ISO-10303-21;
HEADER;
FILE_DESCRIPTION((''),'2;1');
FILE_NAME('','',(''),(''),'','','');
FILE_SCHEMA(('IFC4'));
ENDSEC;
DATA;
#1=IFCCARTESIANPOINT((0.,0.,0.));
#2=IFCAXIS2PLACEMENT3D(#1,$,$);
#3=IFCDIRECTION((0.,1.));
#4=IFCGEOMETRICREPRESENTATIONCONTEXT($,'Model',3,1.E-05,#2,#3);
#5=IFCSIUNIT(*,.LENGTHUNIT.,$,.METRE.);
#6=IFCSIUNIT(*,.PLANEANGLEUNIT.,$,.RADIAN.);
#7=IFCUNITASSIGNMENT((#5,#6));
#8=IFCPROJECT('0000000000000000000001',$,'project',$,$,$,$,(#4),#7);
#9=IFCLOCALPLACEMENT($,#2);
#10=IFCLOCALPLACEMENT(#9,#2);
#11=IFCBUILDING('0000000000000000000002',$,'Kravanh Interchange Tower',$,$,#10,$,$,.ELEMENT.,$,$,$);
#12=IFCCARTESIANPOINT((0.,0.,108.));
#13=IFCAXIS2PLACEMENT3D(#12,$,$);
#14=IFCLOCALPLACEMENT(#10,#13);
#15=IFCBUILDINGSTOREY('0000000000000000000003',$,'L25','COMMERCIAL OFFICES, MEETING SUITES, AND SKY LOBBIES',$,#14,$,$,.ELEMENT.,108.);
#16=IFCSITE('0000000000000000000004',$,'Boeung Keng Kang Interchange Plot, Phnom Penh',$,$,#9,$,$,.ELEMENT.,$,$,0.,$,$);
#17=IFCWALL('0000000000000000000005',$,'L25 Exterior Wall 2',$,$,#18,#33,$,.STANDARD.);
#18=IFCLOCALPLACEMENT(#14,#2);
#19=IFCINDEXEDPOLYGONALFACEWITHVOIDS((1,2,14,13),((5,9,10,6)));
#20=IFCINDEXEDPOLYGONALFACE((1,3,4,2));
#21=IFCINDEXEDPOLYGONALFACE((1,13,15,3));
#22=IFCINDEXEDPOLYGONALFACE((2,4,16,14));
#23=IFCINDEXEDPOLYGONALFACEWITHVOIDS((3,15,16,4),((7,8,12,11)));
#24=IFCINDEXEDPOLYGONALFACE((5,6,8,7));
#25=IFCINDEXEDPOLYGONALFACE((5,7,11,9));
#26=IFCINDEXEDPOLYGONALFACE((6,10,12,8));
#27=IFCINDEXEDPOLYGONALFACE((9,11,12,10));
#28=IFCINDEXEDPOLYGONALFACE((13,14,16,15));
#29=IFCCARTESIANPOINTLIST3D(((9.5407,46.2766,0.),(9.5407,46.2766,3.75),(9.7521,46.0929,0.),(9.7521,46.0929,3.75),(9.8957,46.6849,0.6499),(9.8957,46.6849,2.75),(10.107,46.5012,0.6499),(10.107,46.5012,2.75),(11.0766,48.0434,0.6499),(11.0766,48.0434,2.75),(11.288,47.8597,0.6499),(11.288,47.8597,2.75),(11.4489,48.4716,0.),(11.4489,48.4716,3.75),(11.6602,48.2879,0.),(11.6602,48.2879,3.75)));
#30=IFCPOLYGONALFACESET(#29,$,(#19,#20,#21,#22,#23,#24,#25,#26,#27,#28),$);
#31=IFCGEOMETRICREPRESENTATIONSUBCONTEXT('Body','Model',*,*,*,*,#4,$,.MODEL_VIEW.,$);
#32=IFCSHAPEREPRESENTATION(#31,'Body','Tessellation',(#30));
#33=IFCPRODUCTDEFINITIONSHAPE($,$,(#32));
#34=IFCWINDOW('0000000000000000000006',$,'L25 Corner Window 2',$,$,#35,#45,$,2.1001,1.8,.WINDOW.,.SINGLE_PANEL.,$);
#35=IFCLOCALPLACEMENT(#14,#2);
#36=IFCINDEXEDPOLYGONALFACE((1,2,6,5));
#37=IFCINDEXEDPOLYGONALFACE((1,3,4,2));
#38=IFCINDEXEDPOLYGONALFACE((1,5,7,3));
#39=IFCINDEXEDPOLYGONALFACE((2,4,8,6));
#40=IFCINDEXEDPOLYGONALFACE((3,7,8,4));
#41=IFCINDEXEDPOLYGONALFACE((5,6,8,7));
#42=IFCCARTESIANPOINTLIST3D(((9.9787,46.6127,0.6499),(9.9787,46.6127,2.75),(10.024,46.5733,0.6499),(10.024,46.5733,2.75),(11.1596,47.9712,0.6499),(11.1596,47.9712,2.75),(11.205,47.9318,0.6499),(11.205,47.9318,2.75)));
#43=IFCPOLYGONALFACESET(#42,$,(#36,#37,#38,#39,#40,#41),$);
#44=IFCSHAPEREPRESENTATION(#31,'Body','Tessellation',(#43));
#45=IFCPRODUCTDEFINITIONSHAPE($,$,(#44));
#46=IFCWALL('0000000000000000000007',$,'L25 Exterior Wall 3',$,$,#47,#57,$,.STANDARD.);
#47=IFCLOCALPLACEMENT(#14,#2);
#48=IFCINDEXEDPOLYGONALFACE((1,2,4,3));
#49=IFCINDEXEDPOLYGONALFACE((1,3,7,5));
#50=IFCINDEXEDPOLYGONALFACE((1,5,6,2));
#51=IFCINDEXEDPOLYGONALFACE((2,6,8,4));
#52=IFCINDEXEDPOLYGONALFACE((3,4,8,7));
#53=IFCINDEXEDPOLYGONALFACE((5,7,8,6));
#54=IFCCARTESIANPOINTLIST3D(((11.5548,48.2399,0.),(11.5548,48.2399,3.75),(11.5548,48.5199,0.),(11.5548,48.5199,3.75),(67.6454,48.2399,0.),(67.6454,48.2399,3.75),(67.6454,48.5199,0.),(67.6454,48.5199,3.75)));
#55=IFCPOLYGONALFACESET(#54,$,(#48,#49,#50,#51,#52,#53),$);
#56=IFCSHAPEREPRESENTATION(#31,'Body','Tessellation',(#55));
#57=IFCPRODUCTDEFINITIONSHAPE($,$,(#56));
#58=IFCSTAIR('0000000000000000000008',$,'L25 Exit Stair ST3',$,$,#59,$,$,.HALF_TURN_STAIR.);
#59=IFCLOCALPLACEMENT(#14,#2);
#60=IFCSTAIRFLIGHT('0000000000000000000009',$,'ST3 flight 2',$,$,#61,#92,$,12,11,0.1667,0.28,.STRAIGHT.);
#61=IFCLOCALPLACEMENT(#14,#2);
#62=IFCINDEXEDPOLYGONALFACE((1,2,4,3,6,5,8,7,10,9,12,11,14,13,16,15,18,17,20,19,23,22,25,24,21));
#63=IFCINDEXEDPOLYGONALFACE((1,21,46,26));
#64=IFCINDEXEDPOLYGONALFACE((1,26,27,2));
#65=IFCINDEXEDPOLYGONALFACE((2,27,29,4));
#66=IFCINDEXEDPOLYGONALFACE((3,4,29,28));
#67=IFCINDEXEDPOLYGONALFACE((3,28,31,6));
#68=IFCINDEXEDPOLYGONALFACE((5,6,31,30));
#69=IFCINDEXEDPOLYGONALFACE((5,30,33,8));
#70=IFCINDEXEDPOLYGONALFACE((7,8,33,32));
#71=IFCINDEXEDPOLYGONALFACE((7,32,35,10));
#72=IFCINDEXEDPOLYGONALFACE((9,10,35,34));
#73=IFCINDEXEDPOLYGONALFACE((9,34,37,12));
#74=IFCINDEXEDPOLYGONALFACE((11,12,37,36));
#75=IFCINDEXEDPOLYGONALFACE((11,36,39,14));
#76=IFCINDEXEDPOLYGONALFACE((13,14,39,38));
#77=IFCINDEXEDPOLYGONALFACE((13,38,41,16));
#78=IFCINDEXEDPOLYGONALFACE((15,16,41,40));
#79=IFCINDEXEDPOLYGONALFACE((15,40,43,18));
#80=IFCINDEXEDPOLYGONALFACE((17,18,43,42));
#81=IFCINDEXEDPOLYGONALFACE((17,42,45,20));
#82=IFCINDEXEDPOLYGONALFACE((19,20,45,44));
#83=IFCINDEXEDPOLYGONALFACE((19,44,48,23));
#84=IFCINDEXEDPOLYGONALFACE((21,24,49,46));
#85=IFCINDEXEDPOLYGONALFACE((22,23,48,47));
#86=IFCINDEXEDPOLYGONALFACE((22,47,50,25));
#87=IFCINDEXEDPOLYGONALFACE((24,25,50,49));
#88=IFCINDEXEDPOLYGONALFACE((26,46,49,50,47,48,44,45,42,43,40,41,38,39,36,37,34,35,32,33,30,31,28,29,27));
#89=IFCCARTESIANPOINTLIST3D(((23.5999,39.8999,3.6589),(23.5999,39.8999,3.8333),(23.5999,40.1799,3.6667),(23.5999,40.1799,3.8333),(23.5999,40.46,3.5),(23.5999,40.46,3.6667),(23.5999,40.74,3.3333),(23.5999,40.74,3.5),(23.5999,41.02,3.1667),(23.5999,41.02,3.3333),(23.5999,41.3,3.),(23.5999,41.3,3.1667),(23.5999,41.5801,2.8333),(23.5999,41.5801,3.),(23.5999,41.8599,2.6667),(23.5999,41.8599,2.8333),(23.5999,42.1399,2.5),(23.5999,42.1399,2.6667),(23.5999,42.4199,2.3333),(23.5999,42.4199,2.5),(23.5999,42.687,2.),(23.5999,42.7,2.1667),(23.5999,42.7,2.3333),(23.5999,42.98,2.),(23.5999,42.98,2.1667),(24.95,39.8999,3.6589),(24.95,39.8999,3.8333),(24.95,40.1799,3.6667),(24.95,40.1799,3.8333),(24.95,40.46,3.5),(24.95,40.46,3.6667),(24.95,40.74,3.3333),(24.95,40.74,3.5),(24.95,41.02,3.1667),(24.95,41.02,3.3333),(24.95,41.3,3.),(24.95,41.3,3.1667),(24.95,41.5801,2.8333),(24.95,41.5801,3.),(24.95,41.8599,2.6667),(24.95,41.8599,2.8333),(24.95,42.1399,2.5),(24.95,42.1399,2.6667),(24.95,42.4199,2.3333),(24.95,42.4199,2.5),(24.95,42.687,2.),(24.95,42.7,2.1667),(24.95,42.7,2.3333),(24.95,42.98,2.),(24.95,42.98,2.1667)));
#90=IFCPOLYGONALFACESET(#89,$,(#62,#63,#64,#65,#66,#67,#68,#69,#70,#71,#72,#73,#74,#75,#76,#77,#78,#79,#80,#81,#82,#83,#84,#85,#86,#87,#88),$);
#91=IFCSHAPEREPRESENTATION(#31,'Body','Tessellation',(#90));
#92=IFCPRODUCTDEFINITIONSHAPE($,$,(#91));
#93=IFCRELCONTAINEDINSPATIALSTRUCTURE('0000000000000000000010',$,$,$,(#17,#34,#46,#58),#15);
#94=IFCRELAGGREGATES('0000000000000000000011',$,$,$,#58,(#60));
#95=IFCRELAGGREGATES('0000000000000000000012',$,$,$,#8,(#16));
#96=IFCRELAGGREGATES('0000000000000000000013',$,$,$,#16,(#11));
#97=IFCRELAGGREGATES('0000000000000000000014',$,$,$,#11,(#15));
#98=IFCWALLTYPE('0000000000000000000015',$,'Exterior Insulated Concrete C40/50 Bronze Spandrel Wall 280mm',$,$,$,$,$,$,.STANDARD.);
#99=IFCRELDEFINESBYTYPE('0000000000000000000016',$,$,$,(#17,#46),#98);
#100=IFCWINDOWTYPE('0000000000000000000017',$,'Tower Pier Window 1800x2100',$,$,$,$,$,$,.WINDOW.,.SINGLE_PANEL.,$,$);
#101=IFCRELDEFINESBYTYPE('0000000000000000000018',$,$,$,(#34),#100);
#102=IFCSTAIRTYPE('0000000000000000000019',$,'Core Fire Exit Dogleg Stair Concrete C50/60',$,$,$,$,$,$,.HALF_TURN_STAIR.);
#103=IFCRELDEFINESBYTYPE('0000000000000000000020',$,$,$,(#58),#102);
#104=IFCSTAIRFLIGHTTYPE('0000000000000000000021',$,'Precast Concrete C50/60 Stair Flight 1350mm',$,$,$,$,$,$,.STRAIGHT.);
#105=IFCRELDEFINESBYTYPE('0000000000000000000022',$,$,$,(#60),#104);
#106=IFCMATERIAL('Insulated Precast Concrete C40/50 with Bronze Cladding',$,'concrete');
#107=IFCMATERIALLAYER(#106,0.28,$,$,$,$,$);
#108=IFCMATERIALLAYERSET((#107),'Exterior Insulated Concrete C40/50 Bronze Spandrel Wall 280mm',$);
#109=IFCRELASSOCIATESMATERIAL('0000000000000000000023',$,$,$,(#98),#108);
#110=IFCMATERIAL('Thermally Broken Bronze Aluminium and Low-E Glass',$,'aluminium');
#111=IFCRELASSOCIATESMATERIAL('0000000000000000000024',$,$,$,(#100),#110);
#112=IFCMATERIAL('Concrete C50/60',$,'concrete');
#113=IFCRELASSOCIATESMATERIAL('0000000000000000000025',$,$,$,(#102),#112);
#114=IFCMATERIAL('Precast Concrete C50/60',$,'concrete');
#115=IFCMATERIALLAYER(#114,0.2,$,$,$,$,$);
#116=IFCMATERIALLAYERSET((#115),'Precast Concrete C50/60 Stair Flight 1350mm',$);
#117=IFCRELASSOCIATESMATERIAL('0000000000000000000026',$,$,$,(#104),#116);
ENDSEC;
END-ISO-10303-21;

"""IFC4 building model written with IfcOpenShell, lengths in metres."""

from ifc_helpers import new_model, si_unit, direction, frame, frame_2d, origin, place, context, subcontext, project, spatial, polyline, rectangle, outline, extrude, material, layer, layer_set, type_object, element, fill, aggregate, save


model = new_model("IFC4")

# Units and contexts
model_context = context("Model", 3, precision=1e-05, world=origin(), true_north=direction((0.0, 1.0)))
body_context = subcontext(model_context, "Body", "Model", "MODEL_VIEW")
ifc_project = project(units=[si_unit("LENGTHUNIT", "METRE"), si_unit("PLANEANGLEUNIT", "RADIAN")], contexts=[model_context])

# Site, building, storey
site_placement = place(None, origin())
site = spatial("IfcSite", under=ifc_project, at=site_placement, Name="Boeung Keng Kang Interchange Plot, Phnom Penh", CompositionType="ELEMENT", RefElevation=0.0)
building_placement = place(site_placement, origin())
building = spatial("IfcBuilding", under=site, at=building_placement, Name="Kravanh Interchange Tower", CompositionType="ELEMENT")
storey_placement = place(building_placement, frame((0.0, 0.0, 108.0)))
storey = spatial("IfcBuildingStorey", under=building, at=storey_placement, Name="L25", Description="COMMERCIAL OFFICES, MEETING SUITES, AND SKY LOBBIES", CompositionType="ELEMENT", Elevation=108.0)

# Wall, opening, window
ifc_material_1 = material(Name="Insulated Precast Concrete C40/50 with Bronze Cladding", Category="concrete")
ifc_layer_1 = layer(ifc_material_1, 0.28)
ifc_layer_set_1 = layer_set([ifc_layer_1], Name="Exterior Insulated Concrete C40/50 Bronze Spandrel Wall 280mm")
wall_type_1 = type_object("IfcWallType", Name="Exterior Insulated Concrete C40/50 Bronze Spandrel Wall 280mm", PredefinedType="STANDARD", material=ifc_layer_set_1)
ifc_material_2 = material(Name="Thermally Broken Bronze Aluminium and Low-E Glass", Category="aluminium")
window_type = type_object("IfcWindowType", Name="Tower Pier Window 1800x2100", PartitioningType="SINGLE_PANEL", PredefinedType="WINDOW", material=ifc_material_2)
wall_1_placement = place(storey_placement, frame((9.6465, 46.1848, 0.0), z_axis=(0.0, 0.0, 1.0), x_axis=(0.656071, 0.754699, 0.0)))
wall_1 = element("IfcWall", 1, at=wall_1_placement, inside=storey, type_object=wall_type_1, Name="L25 Exterior Wall 2", PredefinedType="STANDARD", context=body_context, shape_type="SweptSolid", body=[
    extrude(rectangle(XDim=2.9084, YDim=0.28, at=frame_2d((1.4541, 0.0))), origin(), (0.0, 0.0, 1.0), 3.75),
])
opening_1_placement = place(wall_1_placement, frame((0.541, 0.0, 0.6499)))
opening_1 = element("IfcOpeningElement", 2, at=opening_1_placement, cuts=wall_1, PredefinedType="OPENING", context=body_context, shape_type="SweptSolid", body=[
    extrude(rectangle(XDim=1.8, YDim=2.1001, at=frame_2d((0.8999, 1.05))), frame((0.0, 0.1499, 0.0), z_axis=(0.0, -1.0, 0.0), x_axis=(1.0, 0.0, 0.0)), (0.0, 0.0, 1.0), 0.3),
])
window_1_placement = place(opening_1_placement, origin())
window_1 = element("IfcWindow", 3, at=window_1_placement, inside=storey, type_object=window_type, Name="L25 Corner Window 2", OverallHeight=2.1001, OverallWidth=1.8, PartitioningType="SINGLE_PANEL", PredefinedType="WINDOW", context=body_context, shape_type="SweptSolid", body=[
    extrude(rectangle(XDim=1.8, YDim=2.1001, at=frame_2d((0.8999, 1.05))), frame((0.0, 0.03, 0.0), z_axis=(0.0, -1.0, 0.0), x_axis=(1.0, 0.0, 0.0)), (0.0, 0.0, 1.0), 0.0601),
])
fill(opening_1, window_1)

# Wall
wall_2_placement = place(storey_placement, frame((11.5547, 48.3799, 0.0), z_axis=(0.0, 0.0, 1.0), x_axis=(1.0, 0.0, 0.0)))
element("IfcWall", 4, at=wall_2_placement, inside=storey, type_object=wall_type_1, Name="L25 Exterior Wall 3", PredefinedType="STANDARD", context=body_context, shape_type="SweptSolid", body=[
    extrude(rectangle(XDim=56.0906, YDim=0.28, at=frame_2d((28.0454, 0.0))), origin(), (0.0, 0.0, 1.0), 3.75),
])

# Stair, stair flight
ifc_material_3 = material(Name="Concrete C50/60", Category="concrete")
stair_type = type_object("IfcStairType", Name="Core Fire Exit Dogleg Stair Concrete C50/60", PredefinedType="HALF_TURN_STAIR", material=ifc_material_3)
stair_placement = place(storey_placement, origin())
stair = element("IfcStair", 5, at=stair_placement, inside=storey, type_object=stair_type, Name="L25 Exit Stair ST3", PredefinedType="HALF_TURN_STAIR")
ifc_material_4 = material(Name="Precast Concrete C50/60", Category="concrete")
ifc_layer_2 = layer(ifc_material_4, 0.2)
ifc_layer_set_2 = layer_set([ifc_layer_2], Name="Precast Concrete C50/60 Stair Flight 1350mm")
stair_flight_type = type_object("IfcStairFlightType", Name="Precast Concrete C50/60 Stair Flight 1350mm", PredefinedType="STRAIGHT", material=ifc_layer_set_2)
stair_flight_placement = place(storey_placement, frame((24.2749, 42.98, 2.0), z_axis=(0.0, 0.0, 1.0), x_axis=(0.0, -1.0, 0.0)))
stair_flight = element("IfcStairFlight", 6, at=stair_flight_placement, type_object=stair_flight_type, Name="ST3 flight 2", NumberOfRisers=12, NumberOfTreads=11, PredefinedType="STRAIGHT", RiserHeight=0.1667, TreadLength=0.28, context=body_context, shape_type="SweptSolid", body=[
    extrude(outline(polyline([(0.0, 0.0), (0.0, 0.1667), (0.28, 0.1667), (0.28, 0.3333), (0.5601, 0.3333), (0.5601, 0.5), (0.8401, 0.5), (0.8401, 0.6667), (1.1201, 0.6667), (1.1201, 0.8333), (1.3999, 0.8333), (1.3999, 1.0), (1.6799, 1.0), (1.6799, 1.1667), (1.96, 1.1667), (1.96, 1.3333), (2.24, 1.3333), (2.24, 1.5), (2.52, 1.5), (2.52, 1.6667), (2.8, 1.6667), (2.8, 1.8333), (3.0801, 1.8333), (3.0801, 2.0), (3.0801, 1.6589), (0.293, 0.0), (0.0, 0.0)])), frame((0.0, 0.675, 0.0), z_axis=(0.0, -1.0, 0.0), x_axis=(1.0, 0.0, 0.0)), (0.0, 0.0, 1.0), 1.3501),
])
aggregate(stair, [stair_flight])

save(model, "model.ifc")
